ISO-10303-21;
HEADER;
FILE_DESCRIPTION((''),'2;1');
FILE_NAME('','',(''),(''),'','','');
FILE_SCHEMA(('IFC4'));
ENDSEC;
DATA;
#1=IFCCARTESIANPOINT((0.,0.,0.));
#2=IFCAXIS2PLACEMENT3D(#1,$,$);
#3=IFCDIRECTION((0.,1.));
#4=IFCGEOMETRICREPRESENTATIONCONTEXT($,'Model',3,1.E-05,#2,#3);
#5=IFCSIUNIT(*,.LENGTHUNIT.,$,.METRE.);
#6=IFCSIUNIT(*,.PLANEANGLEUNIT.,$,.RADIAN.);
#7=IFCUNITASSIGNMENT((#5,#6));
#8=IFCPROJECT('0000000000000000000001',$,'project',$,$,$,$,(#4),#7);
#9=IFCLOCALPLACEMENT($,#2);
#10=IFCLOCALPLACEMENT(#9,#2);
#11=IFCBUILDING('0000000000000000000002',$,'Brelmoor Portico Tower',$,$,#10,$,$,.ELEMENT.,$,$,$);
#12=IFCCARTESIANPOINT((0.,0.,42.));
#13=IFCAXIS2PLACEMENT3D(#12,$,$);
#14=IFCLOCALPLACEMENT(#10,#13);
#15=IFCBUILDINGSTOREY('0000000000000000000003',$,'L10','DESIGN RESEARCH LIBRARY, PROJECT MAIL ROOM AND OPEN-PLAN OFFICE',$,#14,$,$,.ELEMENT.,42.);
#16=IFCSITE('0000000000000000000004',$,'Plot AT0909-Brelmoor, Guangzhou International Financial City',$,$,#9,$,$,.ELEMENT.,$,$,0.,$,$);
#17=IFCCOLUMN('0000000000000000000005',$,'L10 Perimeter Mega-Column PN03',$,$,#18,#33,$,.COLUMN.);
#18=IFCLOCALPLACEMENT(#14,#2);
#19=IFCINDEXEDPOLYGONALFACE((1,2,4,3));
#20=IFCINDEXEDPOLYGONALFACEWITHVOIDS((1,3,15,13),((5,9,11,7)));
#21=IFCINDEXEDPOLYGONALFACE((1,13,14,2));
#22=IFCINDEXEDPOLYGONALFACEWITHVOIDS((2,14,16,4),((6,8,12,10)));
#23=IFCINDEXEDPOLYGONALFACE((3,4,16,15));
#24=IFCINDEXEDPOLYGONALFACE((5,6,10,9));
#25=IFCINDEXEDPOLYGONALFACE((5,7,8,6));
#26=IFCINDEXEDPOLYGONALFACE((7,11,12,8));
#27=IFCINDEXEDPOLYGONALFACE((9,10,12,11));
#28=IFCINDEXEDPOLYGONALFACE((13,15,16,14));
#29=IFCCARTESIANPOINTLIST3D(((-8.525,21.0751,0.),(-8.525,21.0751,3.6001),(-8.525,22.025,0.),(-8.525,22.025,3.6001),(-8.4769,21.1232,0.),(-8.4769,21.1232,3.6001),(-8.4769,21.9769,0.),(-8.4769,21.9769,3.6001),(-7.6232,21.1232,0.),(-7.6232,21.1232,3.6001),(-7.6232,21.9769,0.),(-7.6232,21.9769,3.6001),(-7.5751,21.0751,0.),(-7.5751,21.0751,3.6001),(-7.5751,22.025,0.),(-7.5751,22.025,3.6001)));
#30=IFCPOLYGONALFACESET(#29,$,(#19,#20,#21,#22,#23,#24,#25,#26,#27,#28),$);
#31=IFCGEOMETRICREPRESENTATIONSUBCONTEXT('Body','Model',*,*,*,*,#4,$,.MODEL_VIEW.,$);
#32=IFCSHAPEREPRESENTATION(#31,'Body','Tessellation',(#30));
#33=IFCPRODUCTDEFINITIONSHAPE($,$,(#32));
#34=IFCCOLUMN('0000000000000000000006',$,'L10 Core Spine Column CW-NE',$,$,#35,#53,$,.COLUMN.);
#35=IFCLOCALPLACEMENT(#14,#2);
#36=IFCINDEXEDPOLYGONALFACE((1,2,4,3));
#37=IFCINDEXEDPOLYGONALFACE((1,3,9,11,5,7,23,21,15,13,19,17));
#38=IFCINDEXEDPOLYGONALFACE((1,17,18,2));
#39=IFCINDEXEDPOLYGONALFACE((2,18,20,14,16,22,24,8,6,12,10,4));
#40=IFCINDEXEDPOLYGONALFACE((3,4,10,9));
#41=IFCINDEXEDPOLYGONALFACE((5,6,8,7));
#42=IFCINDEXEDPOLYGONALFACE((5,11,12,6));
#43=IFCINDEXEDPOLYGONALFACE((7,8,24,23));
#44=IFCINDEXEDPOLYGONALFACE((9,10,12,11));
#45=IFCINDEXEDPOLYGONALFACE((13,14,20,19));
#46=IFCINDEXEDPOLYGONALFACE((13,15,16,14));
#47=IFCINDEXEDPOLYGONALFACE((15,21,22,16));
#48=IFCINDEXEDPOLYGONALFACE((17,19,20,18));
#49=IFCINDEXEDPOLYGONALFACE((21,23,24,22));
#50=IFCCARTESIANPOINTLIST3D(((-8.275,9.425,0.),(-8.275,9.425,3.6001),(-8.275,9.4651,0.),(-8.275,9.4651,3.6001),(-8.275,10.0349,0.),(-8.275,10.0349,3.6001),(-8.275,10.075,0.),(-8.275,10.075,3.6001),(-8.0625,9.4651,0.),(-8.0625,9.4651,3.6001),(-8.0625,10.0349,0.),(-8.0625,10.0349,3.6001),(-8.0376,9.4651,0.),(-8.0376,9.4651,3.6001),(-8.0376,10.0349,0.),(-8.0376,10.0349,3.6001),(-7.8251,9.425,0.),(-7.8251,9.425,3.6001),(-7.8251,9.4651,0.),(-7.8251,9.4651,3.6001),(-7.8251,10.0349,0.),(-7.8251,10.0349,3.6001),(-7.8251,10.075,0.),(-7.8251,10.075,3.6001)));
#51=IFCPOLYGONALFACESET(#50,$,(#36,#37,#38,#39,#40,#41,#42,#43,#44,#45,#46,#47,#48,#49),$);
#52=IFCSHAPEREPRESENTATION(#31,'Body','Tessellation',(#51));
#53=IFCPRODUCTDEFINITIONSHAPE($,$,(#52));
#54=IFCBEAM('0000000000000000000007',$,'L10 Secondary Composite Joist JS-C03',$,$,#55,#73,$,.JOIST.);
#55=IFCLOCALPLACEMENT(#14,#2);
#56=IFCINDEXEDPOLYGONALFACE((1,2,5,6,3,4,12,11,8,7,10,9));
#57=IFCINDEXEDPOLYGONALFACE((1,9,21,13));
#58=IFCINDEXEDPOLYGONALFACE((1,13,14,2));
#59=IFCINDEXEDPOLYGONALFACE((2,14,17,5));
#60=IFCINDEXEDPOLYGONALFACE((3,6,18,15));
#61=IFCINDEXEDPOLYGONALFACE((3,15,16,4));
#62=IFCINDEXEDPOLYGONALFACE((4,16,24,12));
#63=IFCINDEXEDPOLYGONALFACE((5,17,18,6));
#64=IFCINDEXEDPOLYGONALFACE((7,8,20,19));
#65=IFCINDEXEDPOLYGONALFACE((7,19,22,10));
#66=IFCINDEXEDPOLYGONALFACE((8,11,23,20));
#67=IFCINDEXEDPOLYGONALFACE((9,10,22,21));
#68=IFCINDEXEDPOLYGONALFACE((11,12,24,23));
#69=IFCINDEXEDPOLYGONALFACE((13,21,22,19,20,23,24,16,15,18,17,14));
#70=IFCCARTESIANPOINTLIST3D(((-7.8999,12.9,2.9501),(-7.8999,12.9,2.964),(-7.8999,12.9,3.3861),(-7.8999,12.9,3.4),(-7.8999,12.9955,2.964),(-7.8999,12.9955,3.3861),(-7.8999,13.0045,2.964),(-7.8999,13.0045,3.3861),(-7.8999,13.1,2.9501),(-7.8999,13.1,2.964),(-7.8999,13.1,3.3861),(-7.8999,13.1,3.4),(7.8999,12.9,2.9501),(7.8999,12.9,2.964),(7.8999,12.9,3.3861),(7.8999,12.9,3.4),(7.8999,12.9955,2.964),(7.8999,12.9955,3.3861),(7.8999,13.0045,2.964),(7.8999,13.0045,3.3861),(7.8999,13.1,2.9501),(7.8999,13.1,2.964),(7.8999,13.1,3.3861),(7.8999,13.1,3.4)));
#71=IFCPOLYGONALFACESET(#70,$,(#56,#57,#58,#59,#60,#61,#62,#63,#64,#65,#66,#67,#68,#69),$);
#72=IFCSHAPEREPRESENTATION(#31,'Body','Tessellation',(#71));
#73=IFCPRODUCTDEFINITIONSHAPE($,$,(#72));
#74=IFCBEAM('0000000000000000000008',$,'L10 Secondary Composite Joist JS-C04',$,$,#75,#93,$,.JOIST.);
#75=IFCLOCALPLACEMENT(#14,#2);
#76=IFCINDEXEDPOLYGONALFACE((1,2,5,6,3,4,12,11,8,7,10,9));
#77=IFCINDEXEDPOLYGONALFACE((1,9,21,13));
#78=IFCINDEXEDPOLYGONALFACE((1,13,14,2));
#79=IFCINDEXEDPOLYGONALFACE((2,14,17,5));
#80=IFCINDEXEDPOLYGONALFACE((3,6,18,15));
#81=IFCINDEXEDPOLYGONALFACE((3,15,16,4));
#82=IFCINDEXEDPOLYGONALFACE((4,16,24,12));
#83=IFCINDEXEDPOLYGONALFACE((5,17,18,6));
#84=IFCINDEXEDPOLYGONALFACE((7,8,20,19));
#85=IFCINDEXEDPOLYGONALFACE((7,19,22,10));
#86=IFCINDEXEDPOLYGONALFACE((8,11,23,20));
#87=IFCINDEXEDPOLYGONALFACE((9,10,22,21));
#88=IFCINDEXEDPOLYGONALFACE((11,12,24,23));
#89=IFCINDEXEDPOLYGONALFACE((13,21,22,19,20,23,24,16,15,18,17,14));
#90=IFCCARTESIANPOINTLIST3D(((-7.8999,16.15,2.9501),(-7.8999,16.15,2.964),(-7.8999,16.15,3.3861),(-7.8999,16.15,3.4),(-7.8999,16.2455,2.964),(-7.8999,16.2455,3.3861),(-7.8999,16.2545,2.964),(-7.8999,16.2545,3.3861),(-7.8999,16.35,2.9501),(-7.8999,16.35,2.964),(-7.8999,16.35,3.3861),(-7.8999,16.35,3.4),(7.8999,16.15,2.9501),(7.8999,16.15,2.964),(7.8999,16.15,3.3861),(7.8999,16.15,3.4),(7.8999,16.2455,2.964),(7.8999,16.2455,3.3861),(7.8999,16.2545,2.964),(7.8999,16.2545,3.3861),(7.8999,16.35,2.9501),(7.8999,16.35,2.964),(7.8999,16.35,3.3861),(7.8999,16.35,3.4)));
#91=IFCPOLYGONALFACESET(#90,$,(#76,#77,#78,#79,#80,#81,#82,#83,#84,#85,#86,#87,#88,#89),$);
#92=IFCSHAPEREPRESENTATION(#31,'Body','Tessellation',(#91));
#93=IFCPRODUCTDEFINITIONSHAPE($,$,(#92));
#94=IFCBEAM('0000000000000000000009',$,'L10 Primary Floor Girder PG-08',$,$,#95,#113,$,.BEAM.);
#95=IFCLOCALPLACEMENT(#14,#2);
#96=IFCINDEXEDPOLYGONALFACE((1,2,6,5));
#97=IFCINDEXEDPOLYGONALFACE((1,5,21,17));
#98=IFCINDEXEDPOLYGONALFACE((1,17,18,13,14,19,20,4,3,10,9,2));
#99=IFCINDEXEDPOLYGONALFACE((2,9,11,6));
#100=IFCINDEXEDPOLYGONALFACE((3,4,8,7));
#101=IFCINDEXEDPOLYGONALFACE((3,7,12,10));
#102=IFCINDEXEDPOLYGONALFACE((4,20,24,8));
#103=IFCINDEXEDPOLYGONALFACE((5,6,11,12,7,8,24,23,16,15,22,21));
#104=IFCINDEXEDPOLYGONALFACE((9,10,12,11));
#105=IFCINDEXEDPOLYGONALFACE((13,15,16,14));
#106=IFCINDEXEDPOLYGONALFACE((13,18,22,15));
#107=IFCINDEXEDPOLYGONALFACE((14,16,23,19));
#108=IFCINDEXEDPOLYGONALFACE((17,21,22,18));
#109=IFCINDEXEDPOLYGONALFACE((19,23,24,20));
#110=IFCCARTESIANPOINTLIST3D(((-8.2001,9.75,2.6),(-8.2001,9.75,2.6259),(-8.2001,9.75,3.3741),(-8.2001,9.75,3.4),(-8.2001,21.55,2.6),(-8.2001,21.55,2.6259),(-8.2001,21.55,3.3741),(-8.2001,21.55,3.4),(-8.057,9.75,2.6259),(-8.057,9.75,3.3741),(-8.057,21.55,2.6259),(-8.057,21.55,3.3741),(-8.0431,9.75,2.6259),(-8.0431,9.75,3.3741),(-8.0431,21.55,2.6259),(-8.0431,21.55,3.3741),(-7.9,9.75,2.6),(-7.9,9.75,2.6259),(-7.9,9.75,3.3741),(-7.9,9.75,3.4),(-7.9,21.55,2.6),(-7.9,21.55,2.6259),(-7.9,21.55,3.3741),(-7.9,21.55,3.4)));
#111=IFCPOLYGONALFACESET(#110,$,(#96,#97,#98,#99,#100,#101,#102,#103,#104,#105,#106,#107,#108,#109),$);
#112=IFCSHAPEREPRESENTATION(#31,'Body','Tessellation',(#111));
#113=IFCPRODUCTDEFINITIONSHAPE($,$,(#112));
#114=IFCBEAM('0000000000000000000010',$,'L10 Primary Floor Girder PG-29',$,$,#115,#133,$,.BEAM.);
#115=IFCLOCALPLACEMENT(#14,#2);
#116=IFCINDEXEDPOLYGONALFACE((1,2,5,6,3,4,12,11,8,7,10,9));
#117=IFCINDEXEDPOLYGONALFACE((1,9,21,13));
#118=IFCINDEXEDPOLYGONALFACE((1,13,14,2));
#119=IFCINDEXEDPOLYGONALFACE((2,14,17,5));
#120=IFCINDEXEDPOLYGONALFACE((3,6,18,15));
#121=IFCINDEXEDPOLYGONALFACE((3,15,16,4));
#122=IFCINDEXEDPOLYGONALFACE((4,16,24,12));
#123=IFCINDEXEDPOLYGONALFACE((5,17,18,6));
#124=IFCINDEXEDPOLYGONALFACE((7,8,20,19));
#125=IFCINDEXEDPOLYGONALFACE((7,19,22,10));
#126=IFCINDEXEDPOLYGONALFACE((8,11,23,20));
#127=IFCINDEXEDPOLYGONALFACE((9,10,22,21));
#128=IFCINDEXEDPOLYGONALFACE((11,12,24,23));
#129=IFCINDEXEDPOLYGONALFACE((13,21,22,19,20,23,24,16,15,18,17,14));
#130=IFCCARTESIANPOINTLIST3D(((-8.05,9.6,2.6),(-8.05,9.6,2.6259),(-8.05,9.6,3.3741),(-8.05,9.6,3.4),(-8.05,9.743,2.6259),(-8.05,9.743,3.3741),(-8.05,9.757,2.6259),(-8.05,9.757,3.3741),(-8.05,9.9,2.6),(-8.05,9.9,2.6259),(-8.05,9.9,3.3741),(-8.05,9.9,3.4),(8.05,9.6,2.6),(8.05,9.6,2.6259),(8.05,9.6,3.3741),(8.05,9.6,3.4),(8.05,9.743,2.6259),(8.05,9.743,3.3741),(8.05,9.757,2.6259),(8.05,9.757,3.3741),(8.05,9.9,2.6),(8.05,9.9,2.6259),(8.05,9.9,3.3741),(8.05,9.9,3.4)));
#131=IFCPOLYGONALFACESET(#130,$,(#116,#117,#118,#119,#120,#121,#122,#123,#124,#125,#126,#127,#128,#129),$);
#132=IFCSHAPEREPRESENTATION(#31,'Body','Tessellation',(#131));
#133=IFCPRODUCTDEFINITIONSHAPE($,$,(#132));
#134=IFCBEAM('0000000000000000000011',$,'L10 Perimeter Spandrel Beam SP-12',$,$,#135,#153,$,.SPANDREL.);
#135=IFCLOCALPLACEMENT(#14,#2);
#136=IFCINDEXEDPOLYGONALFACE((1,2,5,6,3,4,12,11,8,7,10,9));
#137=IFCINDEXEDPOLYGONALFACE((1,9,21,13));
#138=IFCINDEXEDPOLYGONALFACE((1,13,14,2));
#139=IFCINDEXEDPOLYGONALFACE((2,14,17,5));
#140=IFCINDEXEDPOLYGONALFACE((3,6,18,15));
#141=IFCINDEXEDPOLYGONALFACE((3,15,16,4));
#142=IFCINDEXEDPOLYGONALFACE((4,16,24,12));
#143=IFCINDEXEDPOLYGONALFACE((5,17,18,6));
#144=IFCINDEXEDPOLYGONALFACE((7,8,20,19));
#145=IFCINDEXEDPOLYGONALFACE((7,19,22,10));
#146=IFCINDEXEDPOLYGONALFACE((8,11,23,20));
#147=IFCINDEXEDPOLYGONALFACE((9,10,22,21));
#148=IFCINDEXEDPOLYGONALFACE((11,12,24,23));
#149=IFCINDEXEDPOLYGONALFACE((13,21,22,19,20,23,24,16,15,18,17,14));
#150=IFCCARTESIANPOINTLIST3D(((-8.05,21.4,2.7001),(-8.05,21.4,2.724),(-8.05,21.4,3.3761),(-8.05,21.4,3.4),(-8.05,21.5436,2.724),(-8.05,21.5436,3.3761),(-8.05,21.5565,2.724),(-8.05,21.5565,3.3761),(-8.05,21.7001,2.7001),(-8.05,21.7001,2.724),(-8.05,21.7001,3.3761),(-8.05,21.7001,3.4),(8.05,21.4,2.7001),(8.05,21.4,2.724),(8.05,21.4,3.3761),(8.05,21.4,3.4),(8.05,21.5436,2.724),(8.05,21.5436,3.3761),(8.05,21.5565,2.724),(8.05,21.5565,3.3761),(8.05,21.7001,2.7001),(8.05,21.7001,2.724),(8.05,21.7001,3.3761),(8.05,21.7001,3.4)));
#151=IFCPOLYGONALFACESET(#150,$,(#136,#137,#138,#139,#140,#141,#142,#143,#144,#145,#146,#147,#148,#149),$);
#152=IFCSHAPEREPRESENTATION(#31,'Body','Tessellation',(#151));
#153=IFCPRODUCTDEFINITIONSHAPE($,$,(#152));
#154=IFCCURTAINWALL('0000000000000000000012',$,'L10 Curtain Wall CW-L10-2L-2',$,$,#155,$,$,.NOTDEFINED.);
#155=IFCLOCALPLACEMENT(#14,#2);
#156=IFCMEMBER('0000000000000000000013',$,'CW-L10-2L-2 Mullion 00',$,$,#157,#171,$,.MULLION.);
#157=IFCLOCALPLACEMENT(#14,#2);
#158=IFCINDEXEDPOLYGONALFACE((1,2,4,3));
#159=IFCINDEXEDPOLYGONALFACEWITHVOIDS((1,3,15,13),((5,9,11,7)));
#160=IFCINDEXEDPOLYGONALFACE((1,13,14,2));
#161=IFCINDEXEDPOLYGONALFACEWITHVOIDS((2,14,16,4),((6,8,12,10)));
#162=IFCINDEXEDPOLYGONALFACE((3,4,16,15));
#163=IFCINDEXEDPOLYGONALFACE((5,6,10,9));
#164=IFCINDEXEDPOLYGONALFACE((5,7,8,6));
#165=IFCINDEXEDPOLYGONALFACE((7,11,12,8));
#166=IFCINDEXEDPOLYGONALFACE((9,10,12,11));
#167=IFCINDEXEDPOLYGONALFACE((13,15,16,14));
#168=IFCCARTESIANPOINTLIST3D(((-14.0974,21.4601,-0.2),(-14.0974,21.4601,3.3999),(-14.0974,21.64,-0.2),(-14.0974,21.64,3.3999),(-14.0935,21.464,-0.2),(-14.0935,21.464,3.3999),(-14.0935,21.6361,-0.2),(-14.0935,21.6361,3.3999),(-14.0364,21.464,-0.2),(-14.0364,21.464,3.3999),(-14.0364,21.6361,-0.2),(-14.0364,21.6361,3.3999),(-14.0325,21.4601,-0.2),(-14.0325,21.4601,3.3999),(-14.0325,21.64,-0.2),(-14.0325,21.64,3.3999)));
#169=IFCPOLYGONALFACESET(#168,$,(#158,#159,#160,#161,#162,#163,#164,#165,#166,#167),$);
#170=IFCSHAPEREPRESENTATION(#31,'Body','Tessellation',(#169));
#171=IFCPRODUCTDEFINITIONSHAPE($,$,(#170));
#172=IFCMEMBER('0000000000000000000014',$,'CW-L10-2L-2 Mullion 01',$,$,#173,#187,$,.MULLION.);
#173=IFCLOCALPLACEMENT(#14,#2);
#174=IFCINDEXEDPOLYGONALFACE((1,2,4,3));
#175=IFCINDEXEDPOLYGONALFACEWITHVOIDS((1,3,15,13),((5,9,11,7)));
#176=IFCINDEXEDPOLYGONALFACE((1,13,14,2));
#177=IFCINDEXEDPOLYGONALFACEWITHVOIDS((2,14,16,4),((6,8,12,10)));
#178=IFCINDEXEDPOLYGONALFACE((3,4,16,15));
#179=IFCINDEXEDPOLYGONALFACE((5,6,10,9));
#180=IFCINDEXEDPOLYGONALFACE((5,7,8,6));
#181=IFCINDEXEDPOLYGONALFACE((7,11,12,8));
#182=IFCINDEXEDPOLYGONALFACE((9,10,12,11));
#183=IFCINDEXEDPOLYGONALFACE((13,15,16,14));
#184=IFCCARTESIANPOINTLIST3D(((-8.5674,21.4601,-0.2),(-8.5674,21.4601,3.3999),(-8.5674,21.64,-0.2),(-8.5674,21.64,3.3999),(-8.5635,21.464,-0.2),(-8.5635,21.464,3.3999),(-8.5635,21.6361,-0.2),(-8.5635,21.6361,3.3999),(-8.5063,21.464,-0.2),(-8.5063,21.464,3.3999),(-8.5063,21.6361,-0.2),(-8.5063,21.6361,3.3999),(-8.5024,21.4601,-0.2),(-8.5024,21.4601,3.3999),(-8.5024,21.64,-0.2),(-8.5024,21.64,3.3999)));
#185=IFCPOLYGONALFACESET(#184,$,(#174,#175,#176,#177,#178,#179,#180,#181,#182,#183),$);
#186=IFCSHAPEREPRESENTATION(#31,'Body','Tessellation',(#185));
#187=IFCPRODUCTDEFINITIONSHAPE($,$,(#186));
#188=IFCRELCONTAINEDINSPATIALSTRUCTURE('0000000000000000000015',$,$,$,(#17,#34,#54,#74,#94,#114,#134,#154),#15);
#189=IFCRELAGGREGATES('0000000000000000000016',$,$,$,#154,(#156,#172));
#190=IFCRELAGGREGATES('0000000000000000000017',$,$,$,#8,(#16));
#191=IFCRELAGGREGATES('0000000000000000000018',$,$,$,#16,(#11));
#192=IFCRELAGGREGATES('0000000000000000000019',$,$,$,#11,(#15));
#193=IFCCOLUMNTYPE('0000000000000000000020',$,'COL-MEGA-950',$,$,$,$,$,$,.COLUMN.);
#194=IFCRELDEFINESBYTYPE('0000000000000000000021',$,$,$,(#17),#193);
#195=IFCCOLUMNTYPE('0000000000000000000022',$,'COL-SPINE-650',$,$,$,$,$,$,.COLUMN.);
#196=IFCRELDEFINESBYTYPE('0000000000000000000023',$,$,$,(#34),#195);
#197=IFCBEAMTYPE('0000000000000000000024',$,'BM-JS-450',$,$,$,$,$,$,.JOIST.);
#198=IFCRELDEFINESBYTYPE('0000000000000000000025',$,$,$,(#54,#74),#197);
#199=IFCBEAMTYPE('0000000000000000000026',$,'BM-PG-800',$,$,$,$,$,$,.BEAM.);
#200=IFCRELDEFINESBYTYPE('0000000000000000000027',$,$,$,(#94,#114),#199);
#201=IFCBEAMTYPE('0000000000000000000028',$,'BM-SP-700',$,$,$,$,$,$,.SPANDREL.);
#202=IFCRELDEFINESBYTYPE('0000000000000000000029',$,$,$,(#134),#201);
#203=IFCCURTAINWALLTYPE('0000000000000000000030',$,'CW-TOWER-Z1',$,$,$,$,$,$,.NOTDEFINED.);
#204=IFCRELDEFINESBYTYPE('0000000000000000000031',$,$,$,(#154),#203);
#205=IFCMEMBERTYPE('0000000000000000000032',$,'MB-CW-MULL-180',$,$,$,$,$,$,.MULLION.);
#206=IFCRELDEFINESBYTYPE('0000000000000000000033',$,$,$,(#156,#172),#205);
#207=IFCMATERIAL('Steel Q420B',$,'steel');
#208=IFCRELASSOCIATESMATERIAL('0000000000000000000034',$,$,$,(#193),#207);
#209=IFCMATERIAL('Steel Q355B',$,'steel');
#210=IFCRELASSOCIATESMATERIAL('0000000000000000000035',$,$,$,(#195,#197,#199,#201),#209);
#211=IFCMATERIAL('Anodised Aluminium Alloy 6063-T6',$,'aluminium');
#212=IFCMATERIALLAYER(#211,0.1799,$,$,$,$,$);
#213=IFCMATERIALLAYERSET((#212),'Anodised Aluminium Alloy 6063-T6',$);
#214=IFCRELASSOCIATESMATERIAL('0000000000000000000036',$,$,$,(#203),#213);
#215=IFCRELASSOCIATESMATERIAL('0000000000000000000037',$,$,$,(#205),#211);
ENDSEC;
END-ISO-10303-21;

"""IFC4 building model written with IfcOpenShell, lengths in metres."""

from ifc_helpers import new_model, si_unit, direction, frame, origin, origin_2d, place, context, subcontext, project, spatial, hollow_rectangle, i_section, extrude, material, layer, layer_set, material_profile, profile_set, type_object, element, aggregate, save


model = new_model("IFC4")

# Units and contexts
model_context = context("Model", 3, precision=1e-05, world=origin(), true_north=direction((0.0, 1.0)))
body_context = subcontext(model_context, "Body", "Model", "MODEL_VIEW")
ifc_project = project(units=[si_unit("LENGTHUNIT", "METRE"), si_unit("PLANEANGLEUNIT", "RADIAN")], contexts=[model_context])

# Site, building, storey
site_placement = place(None, origin())
site = spatial("IfcSite", under=ifc_project, at=site_placement, Name="Plot AT0909-Brelmoor, Guangzhou International Financial City", CompositionType="ELEMENT", RefElevation=0.0)
building_placement = place(site_placement, origin())
building = spatial("IfcBuilding", under=site, at=building_placement, Name="Brelmoor Portico Tower", CompositionType="ELEMENT")
storey_placement = place(building_placement, frame((0.0, 0.0, 42.0)))
storey = spatial("IfcBuildingStorey", under=building, at=storey_placement, Name="L10", Description="DESIGN RESEARCH LIBRARY, PROJECT MAIL ROOM AND OPEN-PLAN OFFICE", CompositionType="ELEMENT", Elevation=42.0)

# Columns
ifc_material_1 = material(Name="Steel Q420B", Category="steel")
ifc_material_profile_1 = material_profile(ifc_material_1, hollow_rectangle(XDim=0.95, YDim=0.95, WallThickness=0.0481, at=origin_2d()), Name="BOX 950x950x48")
ifc_profile_set_1 = profile_set([ifc_material_profile_1], Name="Steel Q420B")
column_type_1 = type_object("IfcColumnType", Name="COL-MEGA-950", PredefinedType="COLUMN", material=ifc_profile_set_1)
column_1_placement = place(storey_placement, frame((-8.05, 21.55, 0.0), z_axis=(0.0, 0.0, 1.0), x_axis=(1.0, 0.0, 0.0)))
element("IfcColumn", 1, at=column_1_placement, inside=storey, type_object=column_type_1, Name="L10 Perimeter Mega-Column PN03", PredefinedType="COLUMN", context=body_context, shape_type="SweptSolid", body=[
    extrude(hollow_rectangle(XDim=0.95, YDim=0.95, WallThickness=0.0481, at=origin_2d()), origin(), (0.0, 0.0, 1.0), 3.6001),
])
ifc_material_2 = material(Name="Steel Q355B", Category="steel")
ifc_material_profile_2 = material_profile(ifc_material_2, i_section(OverallWidth=0.45, OverallDepth=0.6499, WebThickness=0.0249, FlangeThickness=0.04, at=origin_2d()), Name="HW 650x450x25x40")
ifc_profile_set_2 = profile_set([ifc_material_profile_2], Name="Steel Q355B")
column_type_2 = type_object("IfcColumnType", Name="COL-SPINE-650", PredefinedType="COLUMN", material=ifc_profile_set_2)
column_2_placement = place(storey_placement, frame((-8.05, 9.75, 0.0), z_axis=(0.0, 0.0, 1.0), x_axis=(1.0, 0.0, 0.0)))
element("IfcColumn", 2, at=column_2_placement, inside=storey, type_object=column_type_2, Name="L10 Core Spine Column CW-NE", PredefinedType="COLUMN", context=body_context, shape_type="SweptSolid", body=[
    extrude(i_section(OverallWidth=0.45, OverallDepth=0.6499, WebThickness=0.0249, FlangeThickness=0.04, at=origin_2d()), origin(), (0.0, 0.0, 1.0), 3.6001),
])

# Beams
ifc_material_profile_3 = material_profile(ifc_material_2, i_section(OverallWidth=0.2, OverallDepth=0.45, WebThickness=0.009, FlangeThickness=0.0139, at=origin_2d()), Name="HN 450x200x9x14")
ifc_profile_set_3 = profile_set([ifc_material_profile_3], Name="Steel Q355B")
beam_type_1 = type_object("IfcBeamType", Name="BM-JS-450", PredefinedType="JOIST", material=ifc_profile_set_3)
for number, where, z_axis, x_axis, name in (
    (3, (-7.8999, 13.0, 3.175), (1.0, 0.0, 0.0), (0.0, 1.0, 0.0), "L10 Secondary Composite Joist JS-C03"),
    (4, (-7.8999, 16.25, 3.175), (1.0, 0.0, 0.0), (0.0, 1.0, 0.0), "L10 Secondary Composite Joist JS-C04"),
):
    element("IfcBeam", number, at=place(storey_placement, frame(where, z_axis=z_axis, x_axis=x_axis)), inside=storey, type_object=beam_type_1, Name=name, PredefinedType="JOIST", context=body_context, shape_type="SweptSolid", body=[
        extrude(i_section(OverallWidth=0.2, OverallDepth=0.45, WebThickness=0.009, FlangeThickness=0.0139, at=origin_2d()), origin(), (0.0, 0.0, 1.0), 15.7998),
    ])
ifc_material_profile_4 = material_profile(ifc_material_2, i_section(OverallWidth=0.3, OverallDepth=0.8, WebThickness=0.0139, FlangeThickness=0.0259, at=origin_2d()), Name="HN 800x300x14x26")
ifc_profile_set_4 = profile_set([ifc_material_profile_4], Name="Steel Q355B")
beam_type_2 = type_object("IfcBeamType", Name="BM-PG-800", PredefinedType="BEAM", material=ifc_profile_set_4)
beam_1_placement = place(storey_placement, frame((-8.05, 9.75, 3.0), z_axis=(0.0, 1.0, 0.0), x_axis=(-1.0, 0.0, 0.0)))
element("IfcBeam", 5, at=beam_1_placement, inside=storey, type_object=beam_type_2, Name="L10 Primary Floor Girder PG-08", PredefinedType="BEAM", context=body_context, shape_type="SweptSolid", body=[
    extrude(i_section(OverallWidth=0.3, OverallDepth=0.8, WebThickness=0.0139, FlangeThickness=0.0259, at=origin_2d()), origin(), (0.0, 0.0, 1.0), 11.8),
])
beam_2_placement = place(storey_placement, frame((-8.05, 9.75, 3.0), z_axis=(1.0, 0.0, 0.0), x_axis=(0.0, 1.0, 0.0)))
element("IfcBeam", 6, at=beam_2_placement, inside=storey, type_object=beam_type_2, Name="L10 Primary Floor Girder PG-29", PredefinedType="BEAM", context=body_context, shape_type="SweptSolid", body=[
    extrude(i_section(OverallWidth=0.3, OverallDepth=0.8, WebThickness=0.0139, FlangeThickness=0.0259, at=origin_2d()), origin(), (0.0, 0.0, 1.0), 16.1001),
])
ifc_material_profile_5 = material_profile(ifc_material_2, i_section(OverallWidth=0.3, OverallDepth=0.7, WebThickness=0.0129, FlangeThickness=0.0239, at=origin_2d()), Name="HN 700x300x13x24")
ifc_profile_set_5 = profile_set([ifc_material_profile_5], Name="Steel Q355B")
beam_type_3 = type_object("IfcBeamType", Name="BM-SP-700", PredefinedType="SPANDREL", material=ifc_profile_set_5)
beam_3_placement = place(storey_placement, frame((-8.05, 21.55, 3.05), z_axis=(1.0, 0.0, 0.0), x_axis=(0.0, 1.0, 0.0)))
element("IfcBeam", 7, at=beam_3_placement, inside=storey, type_object=beam_type_3, Name="L10 Perimeter Spandrel Beam SP-12", PredefinedType="SPANDREL", context=body_context, shape_type="SweptSolid", body=[
    extrude(i_section(OverallWidth=0.3, OverallDepth=0.7, WebThickness=0.0129, FlangeThickness=0.0239, at=origin_2d()), origin(), (0.0, 0.0, 1.0), 16.1001),
])

# Curtain wall, members
ifc_material_3 = material(Name="Anodised Aluminium Alloy 6063-T6", Category="aluminium")
ifc_layer_1 = layer(ifc_material_3, 0.1799)
ifc_layer_set_1 = layer_set([ifc_layer_1], Name="Anodised Aluminium Alloy 6063-T6")
curtain_wall_type_1 = type_object("IfcCurtainWallType", Name="CW-TOWER-Z1", PredefinedType="NOTDEFINED", material=ifc_layer_set_1)
curtain_wall_1_placement = place(storey_placement, origin())
curtain_wall_1 = element("IfcCurtainWall", 8, at=curtain_wall_1_placement, inside=storey, type_object=curtain_wall_type_1, Name="L10 Curtain Wall CW-L10-2L-2", PredefinedType="NOTDEFINED")
ifc_material_profile_6 = material_profile(ifc_material_3, hollow_rectangle(XDim=0.0649, YDim=0.1799, WallThickness=0.0039, at=origin_2d()), Name="ALU MULLION 65x180")
ifc_profile_set_6 = profile_set([ifc_material_profile_6], Name="Anodised Aluminium Alloy 6063-T6")
member_type_1 = type_object("IfcMemberType", Name="MB-CW-MULL-180", PredefinedType="MULLION", material=ifc_profile_set_6)
member_1_placement = place(storey_placement, frame((-14.0649, 21.55, -0.2), z_axis=(0.0, 0.0, 1.0), x_axis=(1.0, 0.0, 0.0)))
member_1 = element("IfcMember", 9, at=member_1_placement, type_object=member_type_1, Name="CW-L10-2L-2 Mullion 00", PredefinedType="MULLION", context=body_context, shape_type="SweptSolid", body=[
    extrude(hollow_rectangle(XDim=0.0649, YDim=0.1799, WallThickness=0.0039, at=origin_2d()), origin(), (0.0, 0.0, 1.0), 3.5999),
])
member_2_placement = place(storey_placement, frame((-8.5349, 21.55, -0.2), z_axis=(0.0, 0.0, 1.0), x_axis=(1.0, 0.0, 0.0)))
member_2 = element("IfcMember", 10, at=member_2_placement, type_object=member_type_1, Name="CW-L10-2L-2 Mullion 01", PredefinedType="MULLION", context=body_context, shape_type="SweptSolid", body=[
    extrude(hollow_rectangle(XDim=0.0649, YDim=0.1799, WallThickness=0.0039, at=origin_2d()), origin(), (0.0, 0.0, 1.0), 3.5999),
])

aggregate(curtain_wall_1, [member_1, member_2])

save(model, "model.ifc")
